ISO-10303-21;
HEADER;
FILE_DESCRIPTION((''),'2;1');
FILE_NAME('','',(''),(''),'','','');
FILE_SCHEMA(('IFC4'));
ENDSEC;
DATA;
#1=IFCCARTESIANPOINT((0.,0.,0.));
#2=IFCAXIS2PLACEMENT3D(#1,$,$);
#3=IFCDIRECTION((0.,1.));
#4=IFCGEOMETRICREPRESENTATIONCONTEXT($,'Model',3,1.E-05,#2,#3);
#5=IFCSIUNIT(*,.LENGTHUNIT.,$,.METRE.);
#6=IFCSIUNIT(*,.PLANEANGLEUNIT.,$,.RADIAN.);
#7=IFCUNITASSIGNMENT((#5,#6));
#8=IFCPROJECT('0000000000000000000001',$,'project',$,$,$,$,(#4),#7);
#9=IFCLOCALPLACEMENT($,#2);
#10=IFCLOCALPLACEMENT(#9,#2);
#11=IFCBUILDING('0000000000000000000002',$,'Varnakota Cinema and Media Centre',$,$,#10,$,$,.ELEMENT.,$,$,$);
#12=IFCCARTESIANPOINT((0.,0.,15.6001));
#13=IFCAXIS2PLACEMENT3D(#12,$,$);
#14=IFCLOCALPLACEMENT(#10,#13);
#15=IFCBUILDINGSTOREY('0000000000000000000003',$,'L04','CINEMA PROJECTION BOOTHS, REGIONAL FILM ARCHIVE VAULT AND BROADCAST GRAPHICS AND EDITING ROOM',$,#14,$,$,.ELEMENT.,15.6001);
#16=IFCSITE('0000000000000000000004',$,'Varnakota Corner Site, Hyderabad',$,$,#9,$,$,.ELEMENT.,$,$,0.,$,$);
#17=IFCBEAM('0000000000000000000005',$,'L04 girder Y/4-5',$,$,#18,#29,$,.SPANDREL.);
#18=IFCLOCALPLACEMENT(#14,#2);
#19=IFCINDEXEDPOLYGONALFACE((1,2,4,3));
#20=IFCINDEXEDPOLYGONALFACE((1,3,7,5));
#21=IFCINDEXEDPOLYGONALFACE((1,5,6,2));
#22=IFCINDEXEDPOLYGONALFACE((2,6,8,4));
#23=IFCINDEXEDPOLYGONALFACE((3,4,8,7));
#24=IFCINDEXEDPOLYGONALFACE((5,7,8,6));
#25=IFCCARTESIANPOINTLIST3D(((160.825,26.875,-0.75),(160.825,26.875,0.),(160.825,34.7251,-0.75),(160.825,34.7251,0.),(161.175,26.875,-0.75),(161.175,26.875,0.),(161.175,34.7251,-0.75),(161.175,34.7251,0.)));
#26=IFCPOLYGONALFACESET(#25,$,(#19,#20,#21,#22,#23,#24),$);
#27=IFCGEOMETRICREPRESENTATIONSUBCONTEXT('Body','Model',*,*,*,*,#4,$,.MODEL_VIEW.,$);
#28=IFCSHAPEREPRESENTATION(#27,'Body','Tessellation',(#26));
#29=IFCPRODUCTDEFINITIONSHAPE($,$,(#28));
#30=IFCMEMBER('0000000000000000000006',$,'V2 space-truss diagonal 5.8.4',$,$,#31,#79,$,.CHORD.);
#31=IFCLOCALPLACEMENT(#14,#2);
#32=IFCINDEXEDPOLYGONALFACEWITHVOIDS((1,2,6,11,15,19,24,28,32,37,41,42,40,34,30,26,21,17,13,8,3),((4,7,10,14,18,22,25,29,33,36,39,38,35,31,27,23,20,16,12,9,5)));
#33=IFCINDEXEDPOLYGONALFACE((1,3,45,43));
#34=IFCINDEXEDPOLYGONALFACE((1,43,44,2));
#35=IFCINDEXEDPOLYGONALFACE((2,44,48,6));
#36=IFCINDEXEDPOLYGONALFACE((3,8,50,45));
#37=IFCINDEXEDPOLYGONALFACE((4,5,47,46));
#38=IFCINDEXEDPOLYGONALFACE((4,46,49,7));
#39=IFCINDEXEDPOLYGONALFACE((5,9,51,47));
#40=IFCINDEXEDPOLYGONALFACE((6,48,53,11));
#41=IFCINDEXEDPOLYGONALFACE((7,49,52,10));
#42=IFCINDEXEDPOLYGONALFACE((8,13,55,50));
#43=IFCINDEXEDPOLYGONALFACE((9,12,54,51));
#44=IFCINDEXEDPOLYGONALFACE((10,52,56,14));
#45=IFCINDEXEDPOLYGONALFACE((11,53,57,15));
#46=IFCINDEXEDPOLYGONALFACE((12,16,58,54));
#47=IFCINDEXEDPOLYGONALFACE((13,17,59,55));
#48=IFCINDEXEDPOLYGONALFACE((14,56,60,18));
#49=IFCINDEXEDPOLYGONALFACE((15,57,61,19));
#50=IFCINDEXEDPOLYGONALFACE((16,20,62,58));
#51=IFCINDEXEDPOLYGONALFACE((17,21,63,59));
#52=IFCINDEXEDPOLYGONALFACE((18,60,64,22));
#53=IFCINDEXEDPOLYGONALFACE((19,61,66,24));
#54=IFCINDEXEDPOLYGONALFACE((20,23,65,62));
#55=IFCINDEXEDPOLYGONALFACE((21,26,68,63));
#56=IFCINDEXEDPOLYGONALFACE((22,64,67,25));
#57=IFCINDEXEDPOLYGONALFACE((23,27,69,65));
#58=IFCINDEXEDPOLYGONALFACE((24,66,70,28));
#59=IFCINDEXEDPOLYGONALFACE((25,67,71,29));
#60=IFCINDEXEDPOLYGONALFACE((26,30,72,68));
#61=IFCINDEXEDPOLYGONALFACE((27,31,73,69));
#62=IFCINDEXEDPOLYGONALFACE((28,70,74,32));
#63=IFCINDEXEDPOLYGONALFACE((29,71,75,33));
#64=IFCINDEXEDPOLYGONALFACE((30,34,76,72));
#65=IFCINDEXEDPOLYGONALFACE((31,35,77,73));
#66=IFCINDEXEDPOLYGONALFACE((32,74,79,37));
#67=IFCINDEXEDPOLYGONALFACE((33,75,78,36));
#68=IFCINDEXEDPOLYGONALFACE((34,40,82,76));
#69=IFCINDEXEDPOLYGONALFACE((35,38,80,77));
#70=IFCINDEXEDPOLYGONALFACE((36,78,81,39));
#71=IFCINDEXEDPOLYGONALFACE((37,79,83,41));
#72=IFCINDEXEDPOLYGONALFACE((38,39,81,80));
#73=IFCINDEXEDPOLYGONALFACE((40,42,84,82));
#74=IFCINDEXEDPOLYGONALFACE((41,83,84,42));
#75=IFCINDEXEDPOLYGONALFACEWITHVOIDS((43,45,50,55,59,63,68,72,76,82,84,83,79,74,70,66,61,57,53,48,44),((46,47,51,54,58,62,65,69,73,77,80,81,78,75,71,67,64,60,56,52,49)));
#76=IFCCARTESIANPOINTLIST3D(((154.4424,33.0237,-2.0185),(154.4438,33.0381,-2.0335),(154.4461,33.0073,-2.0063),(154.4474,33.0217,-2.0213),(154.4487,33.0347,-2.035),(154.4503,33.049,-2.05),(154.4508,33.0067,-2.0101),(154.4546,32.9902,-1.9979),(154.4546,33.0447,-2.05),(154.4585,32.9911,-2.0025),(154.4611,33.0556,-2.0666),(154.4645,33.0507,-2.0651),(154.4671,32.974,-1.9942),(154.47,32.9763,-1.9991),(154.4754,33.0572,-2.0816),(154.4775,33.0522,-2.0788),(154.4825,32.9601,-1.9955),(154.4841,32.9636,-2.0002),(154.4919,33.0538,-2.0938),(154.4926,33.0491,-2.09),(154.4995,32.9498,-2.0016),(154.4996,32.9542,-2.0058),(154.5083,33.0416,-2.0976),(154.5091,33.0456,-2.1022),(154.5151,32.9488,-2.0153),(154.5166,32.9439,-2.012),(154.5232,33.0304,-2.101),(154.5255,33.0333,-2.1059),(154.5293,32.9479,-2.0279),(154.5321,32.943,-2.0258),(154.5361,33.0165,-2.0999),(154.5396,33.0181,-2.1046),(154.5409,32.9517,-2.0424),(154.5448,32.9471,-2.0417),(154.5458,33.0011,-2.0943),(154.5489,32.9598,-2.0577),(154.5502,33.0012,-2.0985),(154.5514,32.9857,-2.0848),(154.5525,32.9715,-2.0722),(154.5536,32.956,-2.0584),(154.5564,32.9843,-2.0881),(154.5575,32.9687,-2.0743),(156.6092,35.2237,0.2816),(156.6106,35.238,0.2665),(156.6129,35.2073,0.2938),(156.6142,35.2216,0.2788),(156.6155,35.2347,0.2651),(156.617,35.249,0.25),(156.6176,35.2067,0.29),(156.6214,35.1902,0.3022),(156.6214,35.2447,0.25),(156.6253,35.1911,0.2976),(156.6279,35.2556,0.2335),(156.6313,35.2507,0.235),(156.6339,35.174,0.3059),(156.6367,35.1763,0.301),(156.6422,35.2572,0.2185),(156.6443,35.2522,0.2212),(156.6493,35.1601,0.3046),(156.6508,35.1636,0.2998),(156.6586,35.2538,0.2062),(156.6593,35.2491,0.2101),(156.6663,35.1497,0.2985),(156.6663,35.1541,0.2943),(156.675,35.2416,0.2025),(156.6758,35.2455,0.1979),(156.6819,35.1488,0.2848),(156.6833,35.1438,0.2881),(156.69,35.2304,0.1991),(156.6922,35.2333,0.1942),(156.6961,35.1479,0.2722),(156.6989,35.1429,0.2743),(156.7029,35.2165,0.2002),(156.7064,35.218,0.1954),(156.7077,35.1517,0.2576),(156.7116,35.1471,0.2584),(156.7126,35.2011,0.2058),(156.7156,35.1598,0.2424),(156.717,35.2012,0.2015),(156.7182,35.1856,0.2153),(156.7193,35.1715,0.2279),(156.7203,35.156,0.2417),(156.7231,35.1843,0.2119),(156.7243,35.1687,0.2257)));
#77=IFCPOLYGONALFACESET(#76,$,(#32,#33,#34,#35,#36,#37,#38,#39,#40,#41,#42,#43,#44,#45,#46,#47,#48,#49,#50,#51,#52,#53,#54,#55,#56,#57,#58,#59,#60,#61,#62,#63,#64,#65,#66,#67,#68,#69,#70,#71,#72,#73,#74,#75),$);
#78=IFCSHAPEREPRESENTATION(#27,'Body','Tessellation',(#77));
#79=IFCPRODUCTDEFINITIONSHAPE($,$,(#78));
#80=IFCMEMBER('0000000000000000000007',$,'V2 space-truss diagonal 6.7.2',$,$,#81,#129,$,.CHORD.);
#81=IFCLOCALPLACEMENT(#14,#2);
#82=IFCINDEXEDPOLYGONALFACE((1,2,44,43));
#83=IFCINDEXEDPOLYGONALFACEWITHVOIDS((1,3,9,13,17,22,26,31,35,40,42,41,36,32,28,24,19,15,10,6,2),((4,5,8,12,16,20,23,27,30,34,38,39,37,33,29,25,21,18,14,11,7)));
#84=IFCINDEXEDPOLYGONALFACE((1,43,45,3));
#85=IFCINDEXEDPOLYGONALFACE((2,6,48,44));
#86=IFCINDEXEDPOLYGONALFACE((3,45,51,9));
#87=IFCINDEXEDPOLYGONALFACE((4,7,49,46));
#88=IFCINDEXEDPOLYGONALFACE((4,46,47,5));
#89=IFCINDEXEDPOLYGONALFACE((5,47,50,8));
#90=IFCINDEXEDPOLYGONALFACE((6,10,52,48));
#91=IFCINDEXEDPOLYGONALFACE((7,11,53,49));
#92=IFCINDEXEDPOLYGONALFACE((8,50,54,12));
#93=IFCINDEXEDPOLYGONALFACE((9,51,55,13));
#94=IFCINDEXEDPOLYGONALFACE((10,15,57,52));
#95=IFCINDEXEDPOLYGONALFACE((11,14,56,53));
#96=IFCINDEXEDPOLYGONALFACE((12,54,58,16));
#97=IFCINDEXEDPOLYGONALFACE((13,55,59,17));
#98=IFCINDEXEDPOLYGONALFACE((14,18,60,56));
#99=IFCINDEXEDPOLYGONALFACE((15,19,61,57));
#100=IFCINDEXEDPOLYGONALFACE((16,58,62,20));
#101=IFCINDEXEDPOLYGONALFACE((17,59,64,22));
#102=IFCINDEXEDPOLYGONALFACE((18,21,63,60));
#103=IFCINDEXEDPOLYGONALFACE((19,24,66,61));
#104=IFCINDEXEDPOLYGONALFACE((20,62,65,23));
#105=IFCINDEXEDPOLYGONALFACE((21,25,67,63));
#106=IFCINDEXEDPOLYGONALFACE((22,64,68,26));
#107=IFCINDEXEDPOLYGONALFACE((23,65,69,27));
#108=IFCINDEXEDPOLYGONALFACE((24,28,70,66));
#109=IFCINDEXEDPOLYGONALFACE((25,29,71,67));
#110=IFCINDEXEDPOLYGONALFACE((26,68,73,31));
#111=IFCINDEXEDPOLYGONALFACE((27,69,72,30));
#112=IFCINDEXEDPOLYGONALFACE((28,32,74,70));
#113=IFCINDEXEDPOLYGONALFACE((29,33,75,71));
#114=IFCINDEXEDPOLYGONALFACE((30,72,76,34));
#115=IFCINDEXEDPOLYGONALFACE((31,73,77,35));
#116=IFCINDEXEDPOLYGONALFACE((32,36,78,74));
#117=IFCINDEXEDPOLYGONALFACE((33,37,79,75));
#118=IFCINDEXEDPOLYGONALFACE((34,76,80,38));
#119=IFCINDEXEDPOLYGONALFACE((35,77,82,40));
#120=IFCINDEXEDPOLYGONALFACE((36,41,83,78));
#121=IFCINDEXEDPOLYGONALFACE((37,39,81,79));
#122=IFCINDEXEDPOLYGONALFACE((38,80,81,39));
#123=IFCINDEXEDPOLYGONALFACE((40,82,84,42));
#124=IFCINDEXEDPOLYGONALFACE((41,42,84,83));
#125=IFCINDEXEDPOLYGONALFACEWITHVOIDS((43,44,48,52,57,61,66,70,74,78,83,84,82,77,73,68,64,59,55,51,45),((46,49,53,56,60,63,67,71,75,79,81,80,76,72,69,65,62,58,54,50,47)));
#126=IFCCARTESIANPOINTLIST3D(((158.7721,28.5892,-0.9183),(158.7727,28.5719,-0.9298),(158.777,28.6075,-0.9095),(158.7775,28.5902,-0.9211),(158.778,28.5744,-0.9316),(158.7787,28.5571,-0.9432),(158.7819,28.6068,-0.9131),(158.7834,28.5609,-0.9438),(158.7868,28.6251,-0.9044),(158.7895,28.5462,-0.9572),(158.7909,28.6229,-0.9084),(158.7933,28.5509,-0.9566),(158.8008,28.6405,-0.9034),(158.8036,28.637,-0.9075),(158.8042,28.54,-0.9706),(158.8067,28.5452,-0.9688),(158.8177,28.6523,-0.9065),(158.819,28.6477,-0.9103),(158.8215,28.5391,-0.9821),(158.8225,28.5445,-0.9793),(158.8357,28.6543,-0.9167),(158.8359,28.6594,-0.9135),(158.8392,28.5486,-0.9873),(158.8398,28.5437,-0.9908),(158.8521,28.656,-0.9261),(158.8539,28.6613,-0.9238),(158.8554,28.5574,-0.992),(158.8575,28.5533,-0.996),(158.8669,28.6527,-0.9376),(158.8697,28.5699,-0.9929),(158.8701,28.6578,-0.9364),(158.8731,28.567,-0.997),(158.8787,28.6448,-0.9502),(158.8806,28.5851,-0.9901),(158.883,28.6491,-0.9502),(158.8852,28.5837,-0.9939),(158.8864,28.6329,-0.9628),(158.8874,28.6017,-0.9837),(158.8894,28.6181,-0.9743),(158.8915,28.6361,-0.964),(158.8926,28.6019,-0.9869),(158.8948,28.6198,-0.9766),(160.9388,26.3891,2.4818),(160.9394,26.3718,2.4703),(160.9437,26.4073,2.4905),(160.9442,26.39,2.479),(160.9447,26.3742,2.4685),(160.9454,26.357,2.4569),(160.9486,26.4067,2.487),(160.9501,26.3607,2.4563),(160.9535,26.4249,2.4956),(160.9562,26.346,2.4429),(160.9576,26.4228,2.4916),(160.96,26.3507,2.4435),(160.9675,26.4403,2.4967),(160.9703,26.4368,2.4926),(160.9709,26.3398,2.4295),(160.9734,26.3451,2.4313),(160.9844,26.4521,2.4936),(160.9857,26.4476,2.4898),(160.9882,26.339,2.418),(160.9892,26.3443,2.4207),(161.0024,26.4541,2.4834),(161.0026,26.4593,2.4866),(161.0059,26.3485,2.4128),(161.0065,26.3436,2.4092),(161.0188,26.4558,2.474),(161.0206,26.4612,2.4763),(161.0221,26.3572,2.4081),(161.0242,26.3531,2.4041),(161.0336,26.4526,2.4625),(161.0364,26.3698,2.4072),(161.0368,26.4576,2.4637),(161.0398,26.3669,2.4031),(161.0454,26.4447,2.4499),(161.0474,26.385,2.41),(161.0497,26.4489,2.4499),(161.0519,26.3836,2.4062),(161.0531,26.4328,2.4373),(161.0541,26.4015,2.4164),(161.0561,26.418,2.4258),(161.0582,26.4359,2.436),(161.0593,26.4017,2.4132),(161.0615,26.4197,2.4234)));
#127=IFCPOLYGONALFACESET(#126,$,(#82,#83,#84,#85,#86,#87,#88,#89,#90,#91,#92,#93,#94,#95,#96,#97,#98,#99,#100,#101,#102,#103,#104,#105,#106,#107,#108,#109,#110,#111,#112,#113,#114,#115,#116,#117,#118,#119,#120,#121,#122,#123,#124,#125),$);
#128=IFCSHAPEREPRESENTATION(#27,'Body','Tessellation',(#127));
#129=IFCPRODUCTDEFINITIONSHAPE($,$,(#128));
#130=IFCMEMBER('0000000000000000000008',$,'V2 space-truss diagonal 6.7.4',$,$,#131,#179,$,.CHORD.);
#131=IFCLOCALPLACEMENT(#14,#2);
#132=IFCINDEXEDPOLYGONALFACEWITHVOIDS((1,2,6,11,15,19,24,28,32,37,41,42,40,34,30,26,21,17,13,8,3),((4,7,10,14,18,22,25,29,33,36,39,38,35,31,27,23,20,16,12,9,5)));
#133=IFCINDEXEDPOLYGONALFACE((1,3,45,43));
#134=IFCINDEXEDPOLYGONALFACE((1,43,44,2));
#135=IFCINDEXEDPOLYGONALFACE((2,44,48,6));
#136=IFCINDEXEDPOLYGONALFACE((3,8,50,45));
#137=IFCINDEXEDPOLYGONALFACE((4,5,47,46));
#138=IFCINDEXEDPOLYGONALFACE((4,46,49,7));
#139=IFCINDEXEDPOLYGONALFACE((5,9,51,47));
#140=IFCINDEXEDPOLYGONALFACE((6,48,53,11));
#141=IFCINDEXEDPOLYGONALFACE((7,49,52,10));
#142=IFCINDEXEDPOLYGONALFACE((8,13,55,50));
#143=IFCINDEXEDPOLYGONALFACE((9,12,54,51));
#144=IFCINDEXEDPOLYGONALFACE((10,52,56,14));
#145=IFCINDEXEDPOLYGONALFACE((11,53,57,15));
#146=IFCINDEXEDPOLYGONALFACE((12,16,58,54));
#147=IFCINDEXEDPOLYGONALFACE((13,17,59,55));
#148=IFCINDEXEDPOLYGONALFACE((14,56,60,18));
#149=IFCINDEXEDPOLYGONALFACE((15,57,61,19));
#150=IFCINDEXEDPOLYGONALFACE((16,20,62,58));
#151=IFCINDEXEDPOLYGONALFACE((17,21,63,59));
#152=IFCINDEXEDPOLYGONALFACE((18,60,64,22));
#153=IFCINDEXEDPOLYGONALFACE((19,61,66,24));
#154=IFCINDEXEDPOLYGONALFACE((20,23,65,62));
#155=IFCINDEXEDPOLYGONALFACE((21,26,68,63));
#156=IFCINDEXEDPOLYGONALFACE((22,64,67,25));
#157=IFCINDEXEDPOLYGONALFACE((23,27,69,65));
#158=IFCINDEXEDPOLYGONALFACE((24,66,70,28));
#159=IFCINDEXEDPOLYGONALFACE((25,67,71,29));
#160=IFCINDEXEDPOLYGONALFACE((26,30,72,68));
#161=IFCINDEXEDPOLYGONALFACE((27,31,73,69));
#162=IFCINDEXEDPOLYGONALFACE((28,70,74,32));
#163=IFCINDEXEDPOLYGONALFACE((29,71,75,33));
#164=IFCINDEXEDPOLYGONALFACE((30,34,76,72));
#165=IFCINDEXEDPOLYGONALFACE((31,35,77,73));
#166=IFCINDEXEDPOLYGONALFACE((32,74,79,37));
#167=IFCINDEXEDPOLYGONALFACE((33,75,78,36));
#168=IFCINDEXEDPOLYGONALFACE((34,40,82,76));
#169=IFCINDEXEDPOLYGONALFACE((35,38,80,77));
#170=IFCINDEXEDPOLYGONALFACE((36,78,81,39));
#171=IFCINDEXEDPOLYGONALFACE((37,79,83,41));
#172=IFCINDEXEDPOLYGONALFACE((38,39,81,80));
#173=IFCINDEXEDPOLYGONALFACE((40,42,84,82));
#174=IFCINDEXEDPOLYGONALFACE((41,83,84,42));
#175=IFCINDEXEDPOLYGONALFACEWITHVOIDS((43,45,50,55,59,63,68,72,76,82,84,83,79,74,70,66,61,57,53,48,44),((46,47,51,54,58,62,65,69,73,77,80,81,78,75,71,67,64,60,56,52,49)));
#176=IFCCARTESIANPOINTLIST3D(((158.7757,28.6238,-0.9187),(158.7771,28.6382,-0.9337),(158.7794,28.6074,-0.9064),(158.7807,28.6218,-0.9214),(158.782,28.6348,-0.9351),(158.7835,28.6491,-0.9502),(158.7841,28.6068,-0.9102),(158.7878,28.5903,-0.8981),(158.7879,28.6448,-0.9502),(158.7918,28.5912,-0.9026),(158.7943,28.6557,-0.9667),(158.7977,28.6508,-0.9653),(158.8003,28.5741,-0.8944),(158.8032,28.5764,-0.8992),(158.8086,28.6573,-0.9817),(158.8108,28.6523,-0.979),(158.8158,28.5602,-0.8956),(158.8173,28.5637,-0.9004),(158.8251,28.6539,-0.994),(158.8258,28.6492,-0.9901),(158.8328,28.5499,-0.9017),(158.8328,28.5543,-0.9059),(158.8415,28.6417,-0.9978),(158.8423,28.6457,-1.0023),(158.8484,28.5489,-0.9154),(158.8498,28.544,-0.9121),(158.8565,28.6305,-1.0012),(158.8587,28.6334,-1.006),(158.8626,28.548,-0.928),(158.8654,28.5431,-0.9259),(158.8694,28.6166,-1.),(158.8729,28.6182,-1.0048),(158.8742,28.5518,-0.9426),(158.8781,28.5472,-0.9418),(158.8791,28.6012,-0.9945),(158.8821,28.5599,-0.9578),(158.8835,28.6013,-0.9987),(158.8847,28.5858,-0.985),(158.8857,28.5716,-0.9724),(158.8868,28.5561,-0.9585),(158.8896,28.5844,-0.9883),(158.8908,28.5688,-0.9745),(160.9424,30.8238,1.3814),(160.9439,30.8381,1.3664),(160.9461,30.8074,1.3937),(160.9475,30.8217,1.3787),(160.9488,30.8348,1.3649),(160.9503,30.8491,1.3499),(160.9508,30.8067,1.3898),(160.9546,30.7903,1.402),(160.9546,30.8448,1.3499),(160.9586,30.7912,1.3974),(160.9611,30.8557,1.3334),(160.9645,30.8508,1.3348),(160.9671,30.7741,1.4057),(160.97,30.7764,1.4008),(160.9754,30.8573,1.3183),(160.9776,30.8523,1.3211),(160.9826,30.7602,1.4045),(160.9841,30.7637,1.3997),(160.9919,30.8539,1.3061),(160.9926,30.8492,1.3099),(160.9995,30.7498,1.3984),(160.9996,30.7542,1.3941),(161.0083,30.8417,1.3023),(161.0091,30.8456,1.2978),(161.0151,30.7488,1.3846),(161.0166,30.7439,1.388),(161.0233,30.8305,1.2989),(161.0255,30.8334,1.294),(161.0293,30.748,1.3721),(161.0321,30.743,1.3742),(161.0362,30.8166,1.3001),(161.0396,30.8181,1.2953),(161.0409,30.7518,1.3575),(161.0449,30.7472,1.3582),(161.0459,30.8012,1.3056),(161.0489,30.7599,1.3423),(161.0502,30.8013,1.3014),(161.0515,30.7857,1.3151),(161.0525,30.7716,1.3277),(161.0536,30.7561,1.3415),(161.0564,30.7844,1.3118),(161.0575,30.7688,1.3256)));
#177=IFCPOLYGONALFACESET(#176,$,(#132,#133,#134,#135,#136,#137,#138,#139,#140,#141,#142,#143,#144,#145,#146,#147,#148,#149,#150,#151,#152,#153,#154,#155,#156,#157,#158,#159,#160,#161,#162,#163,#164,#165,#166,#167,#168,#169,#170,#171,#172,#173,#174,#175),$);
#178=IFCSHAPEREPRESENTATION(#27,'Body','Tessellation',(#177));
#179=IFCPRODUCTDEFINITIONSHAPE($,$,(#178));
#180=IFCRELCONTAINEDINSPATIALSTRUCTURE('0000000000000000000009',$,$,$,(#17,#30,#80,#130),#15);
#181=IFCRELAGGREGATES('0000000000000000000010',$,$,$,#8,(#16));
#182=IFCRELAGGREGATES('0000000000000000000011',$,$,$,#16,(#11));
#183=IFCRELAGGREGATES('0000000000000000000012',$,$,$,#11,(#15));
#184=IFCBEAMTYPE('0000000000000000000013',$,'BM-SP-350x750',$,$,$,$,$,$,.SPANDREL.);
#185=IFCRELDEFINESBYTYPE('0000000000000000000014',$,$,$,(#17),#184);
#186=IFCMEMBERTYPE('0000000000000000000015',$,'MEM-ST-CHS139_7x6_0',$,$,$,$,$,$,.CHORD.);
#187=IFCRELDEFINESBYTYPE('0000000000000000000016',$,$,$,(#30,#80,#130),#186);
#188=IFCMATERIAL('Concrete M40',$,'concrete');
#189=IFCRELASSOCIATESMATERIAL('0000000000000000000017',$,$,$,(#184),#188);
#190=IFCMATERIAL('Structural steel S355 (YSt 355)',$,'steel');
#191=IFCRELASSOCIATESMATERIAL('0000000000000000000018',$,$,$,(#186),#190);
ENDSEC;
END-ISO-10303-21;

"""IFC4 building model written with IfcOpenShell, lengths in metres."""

from ifc_helpers import new_model, si_unit, direction, frame, origin, origin_2d, place, context, subcontext, project, spatial, rectangle, hollow_circle, extrude, material, material_profile, profile_set, type_object, element, save


model = new_model("IFC4")

# Units and contexts
model_context = context("Model", 3, precision=1e-05, world=origin(), true_north=direction((0.0, 1.0)))
body_context = subcontext(model_context, "Body", "Model", "MODEL_VIEW")
ifc_project = project(units=[si_unit("LENGTHUNIT", "METRE"), si_unit("PLANEANGLEUNIT", "RADIAN")], contexts=[model_context])

# Site, building, storey
site_placement = place(None, origin())
site = spatial("IfcSite", under=ifc_project, at=site_placement, Name="Varnakota Corner Site, Hyderabad", CompositionType="ELEMENT", RefElevation=0.0)
building_placement = place(site_placement, origin())
building = spatial("IfcBuilding", under=site, at=building_placement, Name="Varnakota Cinema and Media Centre", CompositionType="ELEMENT")
storey_placement = place(building_placement, frame((0.0, 0.0, 15.6001)))
storey = spatial("IfcBuildingStorey", under=building, at=storey_placement, Name="L04", Description="CINEMA PROJECTION BOOTHS, REGIONAL FILM ARCHIVE VAULT AND BROADCAST GRAPHICS AND EDITING ROOM", CompositionType="ELEMENT", Elevation=15.6001)

# Beam
ifc_material_1 = material(Name="Concrete M40", Category="concrete")
ifc_material_profile_1 = material_profile(ifc_material_1, rectangle(XDim=0.3501, YDim=0.75, at=origin_2d()), Name="RCB 350x750")
ifc_profile_set_1 = profile_set([ifc_material_profile_1], Name="Concrete M40")
beam_type = type_object("IfcBeamType", Name="BM-SP-350x750", PredefinedType="SPANDREL", material=ifc_profile_set_1)
beam_placement = place(storey_placement, frame((161.0, 26.875, -0.375), z_axis=(0.0, 1.0, 0.0), x_axis=(-1.0, 0.0, 0.0)))
element("IfcBeam", 1, at=beam_placement, inside=storey, type_object=beam_type, Name="L04 girder Y/4-5", PredefinedType="SPANDREL", context=body_context, shape_type="SweptSolid", body=[
    extrude(rectangle(XDim=0.3501, YDim=0.75, at=origin_2d()), origin(), (0.0, 0.0, 1.0), 7.8501),
])

# Members
ifc_material_2 = material(Name="Structural steel S355 (YSt 355)", Category="steel")
ifc_material_profile_2 = material_profile(ifc_material_2, hollow_circle(Radius=0.0698, WallThickness=0.0061, at=origin_2d()), Name="CHS 139.7x6.0")
ifc_profile_set_2 = profile_set([ifc_material_profile_2], Name="Structural steel S355 (YSt 355)")
member_type_1 = type_object("IfcMemberType", Name="MEM-ST-CHS139_7x6_0", PredefinedType="CHORD", material=ifc_profile_set_2)
member_1_placement = place(storey_placement, frame((154.5, 33.0, -2.05), z_axis=(0.562748, 0.571371, 0.597369), x_axis=(-0.712463, 0.70171, 0.0)))
element("IfcMember", 2, at=member_1_placement, inside=storey, type_object=member_type_1, Name="V2 space-truss diagonal 5.8.4", PredefinedType="CHORD", context=body_context, shape_type="SweptSolid", body=[
    extrude(hollow_circle(Radius=0.0698, WallThickness=0.0061, at=origin_2d()), origin(), (0.0, 0.0, 1.0), 3.8503),
])
member_2_placement = place(storey_placement, frame((158.8333, 28.6001, -0.9502), z_axis=(0.471739, -0.479021, 0.740271), x_axis=(0.712502, 0.70167, 0.0)))
element("IfcMember", 3, at=member_2_placement, inside=storey, type_object=member_type_1, Name="V2 space-truss diagonal 6.7.2", PredefinedType="CHORD", context=body_context, shape_type="SweptSolid", body=[
    extrude(hollow_circle(Radius=0.0698, WallThickness=0.0061, at=origin_2d()), origin(), (0.0, 0.0, 1.0), 4.593),
])
member_3_placement = place(storey_placement, frame((158.8333, 28.6001, -0.9502), z_axis=(0.562748, 0.571371, 0.597369), x_axis=(-0.712463, 0.70171, 0.0)))
element("IfcMember", 4, at=member_3_placement, inside=storey, type_object=member_type_1, Name="V2 space-truss diagonal 6.7.4", PredefinedType="CHORD", context=body_context, shape_type="SweptSolid", body=[
    extrude(hollow_circle(Radius=0.0698, WallThickness=0.0061, at=origin_2d()), origin(), (0.0, 0.0, 1.0), 3.8503),
])

save(model, "model.ifc")
